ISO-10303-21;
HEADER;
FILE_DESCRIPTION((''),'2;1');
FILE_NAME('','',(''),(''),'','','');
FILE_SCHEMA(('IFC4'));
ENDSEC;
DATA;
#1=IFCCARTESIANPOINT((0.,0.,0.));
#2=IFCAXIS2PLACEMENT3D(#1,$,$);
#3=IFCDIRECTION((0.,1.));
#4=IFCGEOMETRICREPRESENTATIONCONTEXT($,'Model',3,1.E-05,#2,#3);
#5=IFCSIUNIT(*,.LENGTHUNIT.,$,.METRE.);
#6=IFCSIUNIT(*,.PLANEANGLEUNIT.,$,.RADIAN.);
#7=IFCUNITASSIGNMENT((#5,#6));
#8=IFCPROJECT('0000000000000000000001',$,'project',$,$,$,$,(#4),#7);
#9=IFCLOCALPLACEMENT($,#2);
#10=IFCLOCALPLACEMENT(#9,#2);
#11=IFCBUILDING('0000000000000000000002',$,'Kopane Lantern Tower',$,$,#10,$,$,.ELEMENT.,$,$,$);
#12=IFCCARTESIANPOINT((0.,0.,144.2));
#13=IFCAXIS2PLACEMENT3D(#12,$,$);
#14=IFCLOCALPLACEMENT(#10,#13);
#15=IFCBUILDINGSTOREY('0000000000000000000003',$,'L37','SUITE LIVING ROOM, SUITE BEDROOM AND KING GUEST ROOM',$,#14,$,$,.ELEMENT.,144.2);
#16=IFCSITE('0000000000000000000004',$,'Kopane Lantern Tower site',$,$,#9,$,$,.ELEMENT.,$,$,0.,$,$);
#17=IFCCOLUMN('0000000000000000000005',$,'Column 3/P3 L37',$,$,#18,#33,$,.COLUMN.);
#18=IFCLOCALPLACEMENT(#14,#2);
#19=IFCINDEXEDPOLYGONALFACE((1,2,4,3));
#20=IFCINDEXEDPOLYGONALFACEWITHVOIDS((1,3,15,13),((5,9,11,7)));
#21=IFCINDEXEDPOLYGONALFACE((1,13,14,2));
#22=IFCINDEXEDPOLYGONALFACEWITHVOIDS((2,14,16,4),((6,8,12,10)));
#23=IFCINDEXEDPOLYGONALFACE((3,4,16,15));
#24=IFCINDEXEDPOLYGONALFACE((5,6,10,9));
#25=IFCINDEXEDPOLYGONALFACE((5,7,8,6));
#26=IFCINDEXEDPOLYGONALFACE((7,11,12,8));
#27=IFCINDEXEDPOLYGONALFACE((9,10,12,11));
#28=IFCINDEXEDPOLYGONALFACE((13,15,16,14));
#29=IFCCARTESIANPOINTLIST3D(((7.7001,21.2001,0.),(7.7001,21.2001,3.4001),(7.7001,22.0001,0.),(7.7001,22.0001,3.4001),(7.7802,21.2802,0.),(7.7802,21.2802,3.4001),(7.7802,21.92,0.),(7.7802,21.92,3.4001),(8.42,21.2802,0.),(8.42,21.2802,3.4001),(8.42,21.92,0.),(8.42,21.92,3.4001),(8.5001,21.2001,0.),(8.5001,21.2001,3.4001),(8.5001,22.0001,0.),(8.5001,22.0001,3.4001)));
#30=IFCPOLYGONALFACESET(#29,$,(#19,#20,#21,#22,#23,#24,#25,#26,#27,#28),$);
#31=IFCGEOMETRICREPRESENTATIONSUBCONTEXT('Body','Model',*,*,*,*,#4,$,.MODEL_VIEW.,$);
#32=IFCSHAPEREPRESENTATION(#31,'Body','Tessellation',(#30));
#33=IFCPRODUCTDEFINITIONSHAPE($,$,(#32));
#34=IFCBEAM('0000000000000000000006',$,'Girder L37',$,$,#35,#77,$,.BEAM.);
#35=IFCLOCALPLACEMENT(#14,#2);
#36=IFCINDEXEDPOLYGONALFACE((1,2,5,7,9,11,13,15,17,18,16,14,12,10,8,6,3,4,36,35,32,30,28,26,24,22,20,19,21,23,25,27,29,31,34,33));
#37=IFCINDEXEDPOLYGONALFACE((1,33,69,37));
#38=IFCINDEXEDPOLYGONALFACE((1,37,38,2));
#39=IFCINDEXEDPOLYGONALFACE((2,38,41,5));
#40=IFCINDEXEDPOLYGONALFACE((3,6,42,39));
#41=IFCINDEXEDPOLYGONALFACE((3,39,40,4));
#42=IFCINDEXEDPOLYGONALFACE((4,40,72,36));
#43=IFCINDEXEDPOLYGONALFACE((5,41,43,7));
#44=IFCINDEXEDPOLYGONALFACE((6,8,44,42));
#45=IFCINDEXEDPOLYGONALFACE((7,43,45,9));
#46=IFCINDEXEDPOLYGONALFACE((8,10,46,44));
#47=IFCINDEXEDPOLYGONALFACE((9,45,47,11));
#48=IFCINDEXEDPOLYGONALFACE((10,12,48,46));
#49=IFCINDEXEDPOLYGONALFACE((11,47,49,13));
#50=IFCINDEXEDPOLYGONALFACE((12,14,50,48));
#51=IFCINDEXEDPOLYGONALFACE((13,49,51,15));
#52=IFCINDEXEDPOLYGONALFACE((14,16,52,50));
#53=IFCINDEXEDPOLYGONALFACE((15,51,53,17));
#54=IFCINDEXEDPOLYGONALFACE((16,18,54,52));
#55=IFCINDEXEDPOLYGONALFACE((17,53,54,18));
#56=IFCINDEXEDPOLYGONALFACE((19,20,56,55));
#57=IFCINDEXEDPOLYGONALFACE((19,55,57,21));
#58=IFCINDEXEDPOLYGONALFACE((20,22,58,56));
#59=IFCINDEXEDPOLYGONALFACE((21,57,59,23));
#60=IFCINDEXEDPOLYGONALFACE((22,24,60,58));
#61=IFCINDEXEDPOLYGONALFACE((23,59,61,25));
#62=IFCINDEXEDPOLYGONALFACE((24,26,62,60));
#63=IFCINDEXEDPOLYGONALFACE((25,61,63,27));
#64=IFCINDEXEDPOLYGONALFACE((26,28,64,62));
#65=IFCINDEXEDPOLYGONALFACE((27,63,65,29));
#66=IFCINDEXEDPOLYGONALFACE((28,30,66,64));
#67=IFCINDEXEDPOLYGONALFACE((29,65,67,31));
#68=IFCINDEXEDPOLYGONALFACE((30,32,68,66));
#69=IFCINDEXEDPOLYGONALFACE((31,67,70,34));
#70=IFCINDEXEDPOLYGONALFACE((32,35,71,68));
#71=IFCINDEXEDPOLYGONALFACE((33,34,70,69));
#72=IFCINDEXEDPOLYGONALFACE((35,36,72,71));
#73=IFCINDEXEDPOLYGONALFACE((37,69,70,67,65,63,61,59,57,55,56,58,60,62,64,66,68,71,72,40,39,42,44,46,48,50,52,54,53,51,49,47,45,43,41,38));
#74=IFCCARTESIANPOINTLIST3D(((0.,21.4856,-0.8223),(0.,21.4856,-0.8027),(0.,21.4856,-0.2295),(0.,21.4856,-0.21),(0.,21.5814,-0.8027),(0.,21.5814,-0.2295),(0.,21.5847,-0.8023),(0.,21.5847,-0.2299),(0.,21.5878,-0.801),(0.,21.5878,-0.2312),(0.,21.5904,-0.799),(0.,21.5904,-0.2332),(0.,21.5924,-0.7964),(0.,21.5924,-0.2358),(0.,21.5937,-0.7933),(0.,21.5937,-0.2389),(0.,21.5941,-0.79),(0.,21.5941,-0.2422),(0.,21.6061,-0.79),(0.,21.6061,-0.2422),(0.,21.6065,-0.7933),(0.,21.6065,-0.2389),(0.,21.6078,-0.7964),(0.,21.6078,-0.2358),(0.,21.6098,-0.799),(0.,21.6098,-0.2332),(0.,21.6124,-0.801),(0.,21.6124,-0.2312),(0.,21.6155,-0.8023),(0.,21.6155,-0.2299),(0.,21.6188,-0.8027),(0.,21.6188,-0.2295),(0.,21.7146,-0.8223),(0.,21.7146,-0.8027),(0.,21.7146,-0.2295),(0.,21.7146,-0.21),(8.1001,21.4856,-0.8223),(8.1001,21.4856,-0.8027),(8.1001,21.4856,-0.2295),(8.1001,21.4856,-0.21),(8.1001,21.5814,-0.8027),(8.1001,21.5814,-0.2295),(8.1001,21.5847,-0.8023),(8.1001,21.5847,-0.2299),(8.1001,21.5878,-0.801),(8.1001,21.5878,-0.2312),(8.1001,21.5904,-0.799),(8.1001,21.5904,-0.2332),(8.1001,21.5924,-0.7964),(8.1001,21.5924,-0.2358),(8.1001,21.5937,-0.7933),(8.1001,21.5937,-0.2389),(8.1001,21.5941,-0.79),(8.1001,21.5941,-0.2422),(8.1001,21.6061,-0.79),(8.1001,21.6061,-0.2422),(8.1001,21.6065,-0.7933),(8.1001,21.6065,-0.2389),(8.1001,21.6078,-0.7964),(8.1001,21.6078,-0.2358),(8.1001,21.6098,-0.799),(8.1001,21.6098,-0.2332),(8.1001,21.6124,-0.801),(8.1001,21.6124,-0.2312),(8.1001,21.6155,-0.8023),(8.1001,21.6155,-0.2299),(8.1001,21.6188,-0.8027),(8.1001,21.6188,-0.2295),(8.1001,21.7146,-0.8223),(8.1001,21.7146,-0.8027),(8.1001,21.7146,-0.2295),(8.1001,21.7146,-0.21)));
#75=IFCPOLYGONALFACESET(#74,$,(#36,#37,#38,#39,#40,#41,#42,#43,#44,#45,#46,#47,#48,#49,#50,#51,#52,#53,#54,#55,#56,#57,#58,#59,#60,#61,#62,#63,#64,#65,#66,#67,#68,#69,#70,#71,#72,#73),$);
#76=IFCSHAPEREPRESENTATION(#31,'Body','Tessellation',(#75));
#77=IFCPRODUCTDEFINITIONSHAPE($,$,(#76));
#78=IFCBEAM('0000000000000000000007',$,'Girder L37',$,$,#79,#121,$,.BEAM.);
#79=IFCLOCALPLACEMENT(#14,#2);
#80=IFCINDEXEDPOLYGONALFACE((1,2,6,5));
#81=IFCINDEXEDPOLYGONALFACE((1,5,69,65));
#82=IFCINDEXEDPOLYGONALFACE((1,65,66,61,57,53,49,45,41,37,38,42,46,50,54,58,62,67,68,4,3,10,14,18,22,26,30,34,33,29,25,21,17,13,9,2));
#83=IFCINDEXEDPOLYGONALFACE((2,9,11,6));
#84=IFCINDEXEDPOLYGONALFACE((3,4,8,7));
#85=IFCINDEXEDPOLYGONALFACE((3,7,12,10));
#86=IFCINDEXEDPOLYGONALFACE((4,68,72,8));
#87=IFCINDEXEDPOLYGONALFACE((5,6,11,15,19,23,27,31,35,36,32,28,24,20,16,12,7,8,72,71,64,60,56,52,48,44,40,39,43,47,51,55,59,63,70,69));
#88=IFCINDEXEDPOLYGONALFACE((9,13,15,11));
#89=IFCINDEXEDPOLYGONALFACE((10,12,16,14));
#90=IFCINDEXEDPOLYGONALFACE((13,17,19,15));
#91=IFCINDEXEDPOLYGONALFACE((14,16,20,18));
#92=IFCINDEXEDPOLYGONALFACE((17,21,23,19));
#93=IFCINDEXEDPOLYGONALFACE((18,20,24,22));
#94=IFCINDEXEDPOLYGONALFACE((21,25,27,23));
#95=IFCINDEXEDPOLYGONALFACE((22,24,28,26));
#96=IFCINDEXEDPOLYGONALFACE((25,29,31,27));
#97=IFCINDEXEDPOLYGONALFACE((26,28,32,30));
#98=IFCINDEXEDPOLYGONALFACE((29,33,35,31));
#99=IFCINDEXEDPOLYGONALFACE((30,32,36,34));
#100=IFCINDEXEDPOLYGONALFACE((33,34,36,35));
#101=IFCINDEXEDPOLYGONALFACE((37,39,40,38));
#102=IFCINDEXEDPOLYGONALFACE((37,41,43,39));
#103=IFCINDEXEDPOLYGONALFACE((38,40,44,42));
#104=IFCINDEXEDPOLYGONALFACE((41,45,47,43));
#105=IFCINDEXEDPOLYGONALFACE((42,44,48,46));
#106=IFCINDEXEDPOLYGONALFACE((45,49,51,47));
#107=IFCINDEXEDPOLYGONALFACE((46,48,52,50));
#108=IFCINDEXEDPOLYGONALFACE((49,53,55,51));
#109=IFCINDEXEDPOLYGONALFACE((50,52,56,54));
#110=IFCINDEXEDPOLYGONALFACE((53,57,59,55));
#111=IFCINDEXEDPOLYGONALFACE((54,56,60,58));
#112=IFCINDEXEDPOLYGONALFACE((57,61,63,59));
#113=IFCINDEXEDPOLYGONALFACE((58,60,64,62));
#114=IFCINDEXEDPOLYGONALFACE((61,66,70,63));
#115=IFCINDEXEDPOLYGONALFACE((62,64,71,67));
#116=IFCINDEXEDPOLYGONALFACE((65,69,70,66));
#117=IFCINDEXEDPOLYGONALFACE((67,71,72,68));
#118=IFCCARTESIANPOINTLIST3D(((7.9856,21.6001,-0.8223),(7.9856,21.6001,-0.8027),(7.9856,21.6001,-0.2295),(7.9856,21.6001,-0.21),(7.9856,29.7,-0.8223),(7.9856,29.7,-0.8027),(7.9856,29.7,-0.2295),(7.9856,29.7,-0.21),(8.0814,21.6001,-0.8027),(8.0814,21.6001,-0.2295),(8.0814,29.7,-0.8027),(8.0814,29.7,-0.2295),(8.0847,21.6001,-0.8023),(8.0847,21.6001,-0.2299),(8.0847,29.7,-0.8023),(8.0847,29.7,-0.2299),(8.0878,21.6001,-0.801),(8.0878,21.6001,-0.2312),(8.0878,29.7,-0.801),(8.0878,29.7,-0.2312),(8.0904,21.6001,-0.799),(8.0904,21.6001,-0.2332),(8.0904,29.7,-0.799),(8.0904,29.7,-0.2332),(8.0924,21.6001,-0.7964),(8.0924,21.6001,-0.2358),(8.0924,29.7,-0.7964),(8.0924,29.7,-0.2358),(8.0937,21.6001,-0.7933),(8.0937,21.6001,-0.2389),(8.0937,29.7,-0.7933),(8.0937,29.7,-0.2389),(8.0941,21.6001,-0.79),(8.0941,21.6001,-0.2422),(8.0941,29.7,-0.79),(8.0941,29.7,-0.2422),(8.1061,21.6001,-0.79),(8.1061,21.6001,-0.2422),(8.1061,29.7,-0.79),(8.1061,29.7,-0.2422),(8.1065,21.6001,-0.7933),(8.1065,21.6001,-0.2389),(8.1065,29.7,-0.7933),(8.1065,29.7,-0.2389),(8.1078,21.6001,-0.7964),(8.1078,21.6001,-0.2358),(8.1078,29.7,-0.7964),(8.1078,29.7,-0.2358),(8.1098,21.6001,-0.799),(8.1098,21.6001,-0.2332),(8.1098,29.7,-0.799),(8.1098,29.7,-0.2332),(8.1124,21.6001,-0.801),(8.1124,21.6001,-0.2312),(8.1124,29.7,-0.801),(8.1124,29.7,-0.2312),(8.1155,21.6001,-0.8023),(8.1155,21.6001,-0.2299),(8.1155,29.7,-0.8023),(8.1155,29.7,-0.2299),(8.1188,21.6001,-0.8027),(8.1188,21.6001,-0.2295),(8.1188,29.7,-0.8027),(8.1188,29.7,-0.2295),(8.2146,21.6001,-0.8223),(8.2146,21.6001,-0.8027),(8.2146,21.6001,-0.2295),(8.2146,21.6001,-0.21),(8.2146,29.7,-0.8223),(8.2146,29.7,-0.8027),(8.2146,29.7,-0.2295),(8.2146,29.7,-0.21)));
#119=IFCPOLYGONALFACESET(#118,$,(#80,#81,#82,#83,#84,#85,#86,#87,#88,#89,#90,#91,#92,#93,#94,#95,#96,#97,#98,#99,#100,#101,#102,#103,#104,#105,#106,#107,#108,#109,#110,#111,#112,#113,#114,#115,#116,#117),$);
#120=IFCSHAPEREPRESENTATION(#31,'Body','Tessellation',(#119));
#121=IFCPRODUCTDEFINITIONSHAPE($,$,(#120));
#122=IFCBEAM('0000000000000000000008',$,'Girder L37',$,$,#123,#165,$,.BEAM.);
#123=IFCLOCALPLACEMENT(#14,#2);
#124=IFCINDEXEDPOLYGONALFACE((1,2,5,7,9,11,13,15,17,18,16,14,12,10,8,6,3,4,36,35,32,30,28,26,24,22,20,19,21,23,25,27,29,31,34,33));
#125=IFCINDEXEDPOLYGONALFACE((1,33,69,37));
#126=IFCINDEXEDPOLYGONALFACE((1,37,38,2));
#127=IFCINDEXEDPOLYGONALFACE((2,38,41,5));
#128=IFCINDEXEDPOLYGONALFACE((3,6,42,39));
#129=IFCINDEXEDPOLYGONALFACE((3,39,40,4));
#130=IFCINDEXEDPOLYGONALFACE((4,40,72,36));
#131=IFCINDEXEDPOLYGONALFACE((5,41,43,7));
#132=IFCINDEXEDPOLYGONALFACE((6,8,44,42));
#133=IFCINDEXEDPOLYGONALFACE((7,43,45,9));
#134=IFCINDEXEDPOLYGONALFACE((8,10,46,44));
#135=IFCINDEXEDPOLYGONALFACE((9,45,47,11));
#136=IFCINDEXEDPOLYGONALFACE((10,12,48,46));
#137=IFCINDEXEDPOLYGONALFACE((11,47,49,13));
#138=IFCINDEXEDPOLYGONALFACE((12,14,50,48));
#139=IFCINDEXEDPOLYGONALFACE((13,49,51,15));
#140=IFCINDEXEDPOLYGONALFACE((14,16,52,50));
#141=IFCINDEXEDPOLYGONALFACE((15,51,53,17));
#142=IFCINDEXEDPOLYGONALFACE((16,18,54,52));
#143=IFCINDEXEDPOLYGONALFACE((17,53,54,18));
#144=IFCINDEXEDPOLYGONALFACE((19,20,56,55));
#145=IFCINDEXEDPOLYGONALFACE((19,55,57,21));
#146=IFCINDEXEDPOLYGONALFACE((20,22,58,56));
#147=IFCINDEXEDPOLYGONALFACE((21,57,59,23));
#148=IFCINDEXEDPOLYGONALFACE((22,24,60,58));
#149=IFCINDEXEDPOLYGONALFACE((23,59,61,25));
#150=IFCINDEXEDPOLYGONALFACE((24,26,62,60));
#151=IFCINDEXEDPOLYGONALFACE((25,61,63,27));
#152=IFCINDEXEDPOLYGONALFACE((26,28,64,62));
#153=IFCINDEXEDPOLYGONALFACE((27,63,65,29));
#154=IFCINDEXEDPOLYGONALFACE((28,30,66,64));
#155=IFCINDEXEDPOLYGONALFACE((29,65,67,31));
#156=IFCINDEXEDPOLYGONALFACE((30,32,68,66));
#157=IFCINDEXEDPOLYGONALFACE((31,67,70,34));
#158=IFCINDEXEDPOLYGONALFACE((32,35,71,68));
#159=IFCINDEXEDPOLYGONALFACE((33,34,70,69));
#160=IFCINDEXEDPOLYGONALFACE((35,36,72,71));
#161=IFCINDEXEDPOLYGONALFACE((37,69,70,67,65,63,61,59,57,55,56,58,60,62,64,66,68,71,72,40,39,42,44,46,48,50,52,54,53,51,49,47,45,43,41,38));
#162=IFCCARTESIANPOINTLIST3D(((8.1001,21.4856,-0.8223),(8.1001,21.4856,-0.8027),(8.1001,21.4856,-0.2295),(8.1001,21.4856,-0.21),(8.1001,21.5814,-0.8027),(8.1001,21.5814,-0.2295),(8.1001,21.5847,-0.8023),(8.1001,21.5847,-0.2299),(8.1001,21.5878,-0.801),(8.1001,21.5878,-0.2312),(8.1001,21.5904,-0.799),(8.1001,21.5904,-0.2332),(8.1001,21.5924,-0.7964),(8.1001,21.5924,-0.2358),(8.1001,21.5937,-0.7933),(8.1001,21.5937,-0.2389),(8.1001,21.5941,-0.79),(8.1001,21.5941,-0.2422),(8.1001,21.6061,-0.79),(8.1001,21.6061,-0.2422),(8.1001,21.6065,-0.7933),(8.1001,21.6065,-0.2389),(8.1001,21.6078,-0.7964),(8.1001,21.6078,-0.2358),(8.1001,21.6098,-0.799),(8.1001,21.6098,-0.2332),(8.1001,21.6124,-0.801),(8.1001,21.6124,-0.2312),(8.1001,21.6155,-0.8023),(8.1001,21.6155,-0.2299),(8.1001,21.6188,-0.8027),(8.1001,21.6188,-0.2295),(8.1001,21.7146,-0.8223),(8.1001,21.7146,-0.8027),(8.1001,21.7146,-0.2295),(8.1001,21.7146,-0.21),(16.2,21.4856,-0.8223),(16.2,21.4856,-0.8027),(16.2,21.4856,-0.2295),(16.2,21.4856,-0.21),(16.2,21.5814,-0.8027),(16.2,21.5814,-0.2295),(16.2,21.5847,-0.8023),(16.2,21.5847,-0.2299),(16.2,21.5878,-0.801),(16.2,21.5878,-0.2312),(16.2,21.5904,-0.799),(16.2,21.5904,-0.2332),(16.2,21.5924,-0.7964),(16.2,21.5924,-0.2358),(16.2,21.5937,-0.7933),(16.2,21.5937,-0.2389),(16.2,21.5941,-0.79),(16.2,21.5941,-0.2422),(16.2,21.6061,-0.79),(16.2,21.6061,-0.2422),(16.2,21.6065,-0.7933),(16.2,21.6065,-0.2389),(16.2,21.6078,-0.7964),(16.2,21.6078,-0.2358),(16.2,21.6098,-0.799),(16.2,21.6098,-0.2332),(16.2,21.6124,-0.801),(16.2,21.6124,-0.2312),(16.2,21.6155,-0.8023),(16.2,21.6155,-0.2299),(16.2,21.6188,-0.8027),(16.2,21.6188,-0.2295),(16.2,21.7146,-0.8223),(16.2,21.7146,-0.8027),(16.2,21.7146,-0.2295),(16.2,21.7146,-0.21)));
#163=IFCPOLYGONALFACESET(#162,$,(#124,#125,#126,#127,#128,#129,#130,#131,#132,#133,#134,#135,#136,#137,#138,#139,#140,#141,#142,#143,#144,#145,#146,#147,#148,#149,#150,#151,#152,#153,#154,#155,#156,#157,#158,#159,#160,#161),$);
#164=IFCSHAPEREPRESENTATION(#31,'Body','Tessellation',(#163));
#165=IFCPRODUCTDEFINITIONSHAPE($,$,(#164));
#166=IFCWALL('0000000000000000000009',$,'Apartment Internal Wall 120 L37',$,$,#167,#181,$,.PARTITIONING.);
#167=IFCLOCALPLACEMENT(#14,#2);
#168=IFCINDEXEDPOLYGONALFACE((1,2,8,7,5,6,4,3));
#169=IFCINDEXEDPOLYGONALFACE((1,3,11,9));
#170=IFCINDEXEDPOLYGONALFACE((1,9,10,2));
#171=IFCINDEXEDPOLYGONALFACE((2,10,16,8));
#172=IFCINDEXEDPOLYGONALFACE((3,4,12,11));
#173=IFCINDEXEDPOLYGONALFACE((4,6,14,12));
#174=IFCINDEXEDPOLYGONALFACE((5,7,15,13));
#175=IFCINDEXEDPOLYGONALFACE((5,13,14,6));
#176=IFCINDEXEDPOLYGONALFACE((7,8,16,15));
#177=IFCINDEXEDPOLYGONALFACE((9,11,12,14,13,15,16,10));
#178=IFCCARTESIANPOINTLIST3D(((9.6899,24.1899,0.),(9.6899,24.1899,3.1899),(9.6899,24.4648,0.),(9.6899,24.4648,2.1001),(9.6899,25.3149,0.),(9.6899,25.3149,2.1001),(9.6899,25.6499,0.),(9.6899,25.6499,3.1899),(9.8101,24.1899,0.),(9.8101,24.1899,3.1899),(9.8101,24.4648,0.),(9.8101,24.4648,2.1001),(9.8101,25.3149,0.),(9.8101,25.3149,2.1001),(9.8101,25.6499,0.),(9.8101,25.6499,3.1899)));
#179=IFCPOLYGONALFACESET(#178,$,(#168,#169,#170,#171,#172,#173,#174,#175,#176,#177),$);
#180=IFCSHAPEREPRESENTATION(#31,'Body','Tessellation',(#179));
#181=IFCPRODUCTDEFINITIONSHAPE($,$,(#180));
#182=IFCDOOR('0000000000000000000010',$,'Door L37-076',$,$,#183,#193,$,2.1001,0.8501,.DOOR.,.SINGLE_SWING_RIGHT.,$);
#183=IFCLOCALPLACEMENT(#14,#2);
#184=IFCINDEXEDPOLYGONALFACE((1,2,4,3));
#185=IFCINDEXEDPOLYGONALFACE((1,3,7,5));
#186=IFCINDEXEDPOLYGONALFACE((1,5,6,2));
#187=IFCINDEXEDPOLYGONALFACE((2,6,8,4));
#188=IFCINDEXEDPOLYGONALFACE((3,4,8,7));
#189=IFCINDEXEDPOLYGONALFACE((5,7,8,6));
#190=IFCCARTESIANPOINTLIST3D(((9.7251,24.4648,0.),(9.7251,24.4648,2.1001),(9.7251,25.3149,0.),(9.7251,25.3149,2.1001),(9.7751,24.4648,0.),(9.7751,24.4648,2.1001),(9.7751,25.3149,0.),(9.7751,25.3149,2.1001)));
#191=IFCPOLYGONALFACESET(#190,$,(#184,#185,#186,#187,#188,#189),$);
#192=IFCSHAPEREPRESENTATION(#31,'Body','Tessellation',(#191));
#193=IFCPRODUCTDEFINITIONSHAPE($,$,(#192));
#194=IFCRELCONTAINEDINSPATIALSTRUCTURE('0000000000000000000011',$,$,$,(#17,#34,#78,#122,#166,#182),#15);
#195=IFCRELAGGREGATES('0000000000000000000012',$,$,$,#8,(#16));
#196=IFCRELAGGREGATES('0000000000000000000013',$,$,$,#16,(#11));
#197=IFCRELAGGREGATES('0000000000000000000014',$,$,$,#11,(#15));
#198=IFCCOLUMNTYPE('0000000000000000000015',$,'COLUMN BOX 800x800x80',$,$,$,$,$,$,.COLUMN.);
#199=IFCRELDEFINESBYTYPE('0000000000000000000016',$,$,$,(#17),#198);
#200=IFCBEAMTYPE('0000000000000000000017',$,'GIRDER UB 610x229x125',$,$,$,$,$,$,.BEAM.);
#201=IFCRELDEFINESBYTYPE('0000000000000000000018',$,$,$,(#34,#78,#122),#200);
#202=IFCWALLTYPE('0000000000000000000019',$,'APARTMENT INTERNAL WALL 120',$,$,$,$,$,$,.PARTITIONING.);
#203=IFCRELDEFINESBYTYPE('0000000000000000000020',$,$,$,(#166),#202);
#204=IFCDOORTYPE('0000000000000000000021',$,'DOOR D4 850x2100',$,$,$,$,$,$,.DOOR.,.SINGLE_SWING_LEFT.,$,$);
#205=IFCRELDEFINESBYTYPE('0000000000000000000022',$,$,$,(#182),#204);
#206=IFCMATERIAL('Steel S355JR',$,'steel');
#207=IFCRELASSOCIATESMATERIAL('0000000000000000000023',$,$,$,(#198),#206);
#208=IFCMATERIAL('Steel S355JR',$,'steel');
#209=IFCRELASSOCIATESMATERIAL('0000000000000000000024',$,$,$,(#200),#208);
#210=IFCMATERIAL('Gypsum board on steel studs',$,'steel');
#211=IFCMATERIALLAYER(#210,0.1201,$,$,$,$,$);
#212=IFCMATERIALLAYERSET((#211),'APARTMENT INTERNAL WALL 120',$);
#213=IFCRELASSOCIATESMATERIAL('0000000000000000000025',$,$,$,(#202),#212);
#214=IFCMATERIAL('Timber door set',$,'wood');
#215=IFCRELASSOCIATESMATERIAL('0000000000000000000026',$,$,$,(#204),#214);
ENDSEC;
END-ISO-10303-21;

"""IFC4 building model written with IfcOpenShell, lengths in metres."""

from ifc_helpers import new_model, si_unit, direction, frame, frame_2d, origin, origin_2d, place, context, subcontext, project, spatial, rectangle, hollow_rectangle, i_section, extrude, material, layer, layer_set, material_profile, profile_set, type_object, element, fill, save


model = new_model("IFC4")

# Units and contexts
model_context = context("Model", 3, precision=1e-05, world=origin(), true_north=direction((0.0, 1.0)))
body_context = subcontext(model_context, "Body", "Model", "MODEL_VIEW")
ifc_project = project(units=[si_unit("LENGTHUNIT", "METRE"), si_unit("PLANEANGLEUNIT", "RADIAN")], contexts=[model_context])

# Site, building, storey
site_placement = place(None, origin())
site = spatial("IfcSite", under=ifc_project, at=site_placement, Name="Kopane Lantern Tower site", CompositionType="ELEMENT", RefElevation=0.0)
building_placement = place(site_placement, origin())
building = spatial("IfcBuilding", under=site, at=building_placement, Name="Kopane Lantern Tower", CompositionType="ELEMENT")
storey_placement = place(building_placement, frame((0.0, 0.0, 144.2)))
storey = spatial("IfcBuildingStorey", under=building, at=storey_placement, Name="L37", Description="SUITE LIVING ROOM, SUITE BEDROOM AND KING GUEST ROOM", CompositionType="ELEMENT", Elevation=144.2)

# Column
ifc_material_1 = material(Name="Steel S355JR", Category="steel")
ifc_material_profile_1 = material_profile(ifc_material_1, hollow_rectangle(XDim=0.8, YDim=0.8, WallThickness=0.0801, at=origin_2d()), Name="BOX 800x800x80")
ifc_profile_set_1 = profile_set([ifc_material_profile_1], Name="Steel S355JR")
column_type = type_object("IfcColumnType", Name="COLUMN BOX 800x800x80", PredefinedType="COLUMN", material=ifc_profile_set_1)
column_placement = place(storey_placement, frame((8.1001, 21.6001, 0.0), z_axis=(0.0, 0.0, 1.0), x_axis=(1.0, 0.0, 0.0)))
element("IfcColumn", 1, at=column_placement, inside=storey, type_object=column_type, Name="Column 3/P3 L37", PredefinedType="COLUMN", context=body_context, shape_type="SweptSolid", body=[
    extrude(hollow_rectangle(XDim=0.8, YDim=0.8, WallThickness=0.0801, at=origin_2d()), origin(), (0.0, 0.0, 1.0), 3.4001),
])

# Beams
ifc_material_2 = material(Name="Steel S355JR", Category="steel")
ifc_material_profile_2 = material_profile(ifc_material_2, i_section(OverallWidth=0.229, OverallDepth=0.6123, WebThickness=0.012, FlangeThickness=0.0195, FilletRadius=0.0127, at=origin_2d()), Name="UB 610x229x125")
ifc_profile_set_2 = profile_set([ifc_material_profile_2], Name="Steel S355JR")
beam_type = type_object("IfcBeamType", Name="GIRDER UB 610x229x125", PredefinedType="BEAM", material=ifc_profile_set_2)
beam_placement = place(storey_placement, frame((0.0, 21.6001, -0.5161), z_axis=(1.0, 0.0, 0.0), x_axis=(0.0, 1.0, 0.0)))
element("IfcBeam", 2, at=beam_placement, inside=storey, type_object=beam_type, Name="Girder L37", PredefinedType="BEAM", context=body_context, shape_type="SweptSolid", body=[
    extrude(i_section(OverallWidth=0.229, OverallDepth=0.6123, WebThickness=0.012, FlangeThickness=0.0195, FilletRadius=0.0127, at=origin_2d()), origin(), (0.0, 0.0, 1.0), 8.1001),
])
for number, where, z_axis, x_axis, name in (
    (3, (8.1001, 21.6001, -0.5161), (0.0, 1.0, 0.0), (-1.0, 0.0, 0.0), "Girder L37"),
    (4, (8.1001, 21.6001, -0.5161), (1.0, 0.0, 0.0), (0.0, 1.0, 0.0), "Girder L37"),
):
    element("IfcBeam", number, at=place(storey_placement, frame(where, z_axis=z_axis, x_axis=x_axis)), inside=storey, type_object=beam_type, Name=name, PredefinedType="BEAM", context=body_context, shape_type="SweptSolid", body=[
        extrude(i_section(OverallWidth=0.229, OverallDepth=0.6123, WebThickness=0.012, FlangeThickness=0.0195, FilletRadius=0.0127, at=origin_2d()), origin(), (0.0, 0.0, 1.0), 8.0999),
    ])

# Wall, opening, door
ifc_material_3 = material(Name="Gypsum board on steel studs", Category="steel")
ifc_layer_1 = layer(ifc_material_3, 0.1201)
ifc_layer_set_1 = layer_set([ifc_layer_1], Name="APARTMENT INTERNAL WALL 120")
wall_type_1 = type_object("IfcWallType", Name="APARTMENT INTERNAL WALL 120", PredefinedType="PARTITIONING", material=ifc_layer_set_1)
wall_1_placement = place(storey_placement, frame((9.75, 24.1899, 0.0), z_axis=(0.0, 0.0, 1.0), x_axis=(0.0, 1.0, 0.0)))
wall_1 = element("IfcWall", 5, at=wall_1_placement, inside=storey, type_object=wall_type_1, Name="Apartment Internal Wall 120 L37", PredefinedType="PARTITIONING", context=body_context, shape_type="SweptSolid", body=[
    extrude(rectangle(XDim=1.46, YDim=0.1201, at=frame_2d((0.73, 0.0))), origin(), (0.0, 0.0, 1.0), 3.1899),
])
opening_1_placement = place(wall_1_placement, frame((0.2749, 0.0, 0.0)))
opening_1 = element("IfcOpeningElement", 6, at=opening_1_placement, cuts=wall_1, PredefinedType="OPENING", context=body_context, shape_type="SweptSolid", body=[
    extrude(rectangle(XDim=0.8501, YDim=2.1001, at=frame_2d((0.425, 1.05))), frame((0.0, 0.0701, 0.0), z_axis=(0.0, -1.0, 0.0), x_axis=(1.0, 0.0, 0.0)), (0.0, 0.0, 1.0), 0.1401),
])
ifc_material_4 = material(Name="Timber door set", Category="wood")
door_type_1 = type_object("IfcDoorType", Name="DOOR D4 850x2100", OperationType="SINGLE_SWING_LEFT", PredefinedType="DOOR", material=ifc_material_4)
door_1_placement = place(opening_1_placement, origin())
door_1 = element("IfcDoor", 7, at=door_1_placement, inside=storey, type_object=door_type_1, Name="Door L37-076", OperationType="SINGLE_SWING_RIGHT", OverallHeight=2.1001, OverallWidth=0.8501, PredefinedType="DOOR", context=body_context, shape_type="SweptSolid", body=[
    extrude(rectangle(XDim=0.8501, YDim=2.1001, at=frame_2d((0.425, 1.05))), frame((0.0, 0.0249, 0.0), z_axis=(0.0, -1.0, 0.0), x_axis=(1.0, 0.0, 0.0)), (0.0, 0.0, 1.0), 0.05),
])
fill(opening_1, door_1)

save(model, "model.ifc")
